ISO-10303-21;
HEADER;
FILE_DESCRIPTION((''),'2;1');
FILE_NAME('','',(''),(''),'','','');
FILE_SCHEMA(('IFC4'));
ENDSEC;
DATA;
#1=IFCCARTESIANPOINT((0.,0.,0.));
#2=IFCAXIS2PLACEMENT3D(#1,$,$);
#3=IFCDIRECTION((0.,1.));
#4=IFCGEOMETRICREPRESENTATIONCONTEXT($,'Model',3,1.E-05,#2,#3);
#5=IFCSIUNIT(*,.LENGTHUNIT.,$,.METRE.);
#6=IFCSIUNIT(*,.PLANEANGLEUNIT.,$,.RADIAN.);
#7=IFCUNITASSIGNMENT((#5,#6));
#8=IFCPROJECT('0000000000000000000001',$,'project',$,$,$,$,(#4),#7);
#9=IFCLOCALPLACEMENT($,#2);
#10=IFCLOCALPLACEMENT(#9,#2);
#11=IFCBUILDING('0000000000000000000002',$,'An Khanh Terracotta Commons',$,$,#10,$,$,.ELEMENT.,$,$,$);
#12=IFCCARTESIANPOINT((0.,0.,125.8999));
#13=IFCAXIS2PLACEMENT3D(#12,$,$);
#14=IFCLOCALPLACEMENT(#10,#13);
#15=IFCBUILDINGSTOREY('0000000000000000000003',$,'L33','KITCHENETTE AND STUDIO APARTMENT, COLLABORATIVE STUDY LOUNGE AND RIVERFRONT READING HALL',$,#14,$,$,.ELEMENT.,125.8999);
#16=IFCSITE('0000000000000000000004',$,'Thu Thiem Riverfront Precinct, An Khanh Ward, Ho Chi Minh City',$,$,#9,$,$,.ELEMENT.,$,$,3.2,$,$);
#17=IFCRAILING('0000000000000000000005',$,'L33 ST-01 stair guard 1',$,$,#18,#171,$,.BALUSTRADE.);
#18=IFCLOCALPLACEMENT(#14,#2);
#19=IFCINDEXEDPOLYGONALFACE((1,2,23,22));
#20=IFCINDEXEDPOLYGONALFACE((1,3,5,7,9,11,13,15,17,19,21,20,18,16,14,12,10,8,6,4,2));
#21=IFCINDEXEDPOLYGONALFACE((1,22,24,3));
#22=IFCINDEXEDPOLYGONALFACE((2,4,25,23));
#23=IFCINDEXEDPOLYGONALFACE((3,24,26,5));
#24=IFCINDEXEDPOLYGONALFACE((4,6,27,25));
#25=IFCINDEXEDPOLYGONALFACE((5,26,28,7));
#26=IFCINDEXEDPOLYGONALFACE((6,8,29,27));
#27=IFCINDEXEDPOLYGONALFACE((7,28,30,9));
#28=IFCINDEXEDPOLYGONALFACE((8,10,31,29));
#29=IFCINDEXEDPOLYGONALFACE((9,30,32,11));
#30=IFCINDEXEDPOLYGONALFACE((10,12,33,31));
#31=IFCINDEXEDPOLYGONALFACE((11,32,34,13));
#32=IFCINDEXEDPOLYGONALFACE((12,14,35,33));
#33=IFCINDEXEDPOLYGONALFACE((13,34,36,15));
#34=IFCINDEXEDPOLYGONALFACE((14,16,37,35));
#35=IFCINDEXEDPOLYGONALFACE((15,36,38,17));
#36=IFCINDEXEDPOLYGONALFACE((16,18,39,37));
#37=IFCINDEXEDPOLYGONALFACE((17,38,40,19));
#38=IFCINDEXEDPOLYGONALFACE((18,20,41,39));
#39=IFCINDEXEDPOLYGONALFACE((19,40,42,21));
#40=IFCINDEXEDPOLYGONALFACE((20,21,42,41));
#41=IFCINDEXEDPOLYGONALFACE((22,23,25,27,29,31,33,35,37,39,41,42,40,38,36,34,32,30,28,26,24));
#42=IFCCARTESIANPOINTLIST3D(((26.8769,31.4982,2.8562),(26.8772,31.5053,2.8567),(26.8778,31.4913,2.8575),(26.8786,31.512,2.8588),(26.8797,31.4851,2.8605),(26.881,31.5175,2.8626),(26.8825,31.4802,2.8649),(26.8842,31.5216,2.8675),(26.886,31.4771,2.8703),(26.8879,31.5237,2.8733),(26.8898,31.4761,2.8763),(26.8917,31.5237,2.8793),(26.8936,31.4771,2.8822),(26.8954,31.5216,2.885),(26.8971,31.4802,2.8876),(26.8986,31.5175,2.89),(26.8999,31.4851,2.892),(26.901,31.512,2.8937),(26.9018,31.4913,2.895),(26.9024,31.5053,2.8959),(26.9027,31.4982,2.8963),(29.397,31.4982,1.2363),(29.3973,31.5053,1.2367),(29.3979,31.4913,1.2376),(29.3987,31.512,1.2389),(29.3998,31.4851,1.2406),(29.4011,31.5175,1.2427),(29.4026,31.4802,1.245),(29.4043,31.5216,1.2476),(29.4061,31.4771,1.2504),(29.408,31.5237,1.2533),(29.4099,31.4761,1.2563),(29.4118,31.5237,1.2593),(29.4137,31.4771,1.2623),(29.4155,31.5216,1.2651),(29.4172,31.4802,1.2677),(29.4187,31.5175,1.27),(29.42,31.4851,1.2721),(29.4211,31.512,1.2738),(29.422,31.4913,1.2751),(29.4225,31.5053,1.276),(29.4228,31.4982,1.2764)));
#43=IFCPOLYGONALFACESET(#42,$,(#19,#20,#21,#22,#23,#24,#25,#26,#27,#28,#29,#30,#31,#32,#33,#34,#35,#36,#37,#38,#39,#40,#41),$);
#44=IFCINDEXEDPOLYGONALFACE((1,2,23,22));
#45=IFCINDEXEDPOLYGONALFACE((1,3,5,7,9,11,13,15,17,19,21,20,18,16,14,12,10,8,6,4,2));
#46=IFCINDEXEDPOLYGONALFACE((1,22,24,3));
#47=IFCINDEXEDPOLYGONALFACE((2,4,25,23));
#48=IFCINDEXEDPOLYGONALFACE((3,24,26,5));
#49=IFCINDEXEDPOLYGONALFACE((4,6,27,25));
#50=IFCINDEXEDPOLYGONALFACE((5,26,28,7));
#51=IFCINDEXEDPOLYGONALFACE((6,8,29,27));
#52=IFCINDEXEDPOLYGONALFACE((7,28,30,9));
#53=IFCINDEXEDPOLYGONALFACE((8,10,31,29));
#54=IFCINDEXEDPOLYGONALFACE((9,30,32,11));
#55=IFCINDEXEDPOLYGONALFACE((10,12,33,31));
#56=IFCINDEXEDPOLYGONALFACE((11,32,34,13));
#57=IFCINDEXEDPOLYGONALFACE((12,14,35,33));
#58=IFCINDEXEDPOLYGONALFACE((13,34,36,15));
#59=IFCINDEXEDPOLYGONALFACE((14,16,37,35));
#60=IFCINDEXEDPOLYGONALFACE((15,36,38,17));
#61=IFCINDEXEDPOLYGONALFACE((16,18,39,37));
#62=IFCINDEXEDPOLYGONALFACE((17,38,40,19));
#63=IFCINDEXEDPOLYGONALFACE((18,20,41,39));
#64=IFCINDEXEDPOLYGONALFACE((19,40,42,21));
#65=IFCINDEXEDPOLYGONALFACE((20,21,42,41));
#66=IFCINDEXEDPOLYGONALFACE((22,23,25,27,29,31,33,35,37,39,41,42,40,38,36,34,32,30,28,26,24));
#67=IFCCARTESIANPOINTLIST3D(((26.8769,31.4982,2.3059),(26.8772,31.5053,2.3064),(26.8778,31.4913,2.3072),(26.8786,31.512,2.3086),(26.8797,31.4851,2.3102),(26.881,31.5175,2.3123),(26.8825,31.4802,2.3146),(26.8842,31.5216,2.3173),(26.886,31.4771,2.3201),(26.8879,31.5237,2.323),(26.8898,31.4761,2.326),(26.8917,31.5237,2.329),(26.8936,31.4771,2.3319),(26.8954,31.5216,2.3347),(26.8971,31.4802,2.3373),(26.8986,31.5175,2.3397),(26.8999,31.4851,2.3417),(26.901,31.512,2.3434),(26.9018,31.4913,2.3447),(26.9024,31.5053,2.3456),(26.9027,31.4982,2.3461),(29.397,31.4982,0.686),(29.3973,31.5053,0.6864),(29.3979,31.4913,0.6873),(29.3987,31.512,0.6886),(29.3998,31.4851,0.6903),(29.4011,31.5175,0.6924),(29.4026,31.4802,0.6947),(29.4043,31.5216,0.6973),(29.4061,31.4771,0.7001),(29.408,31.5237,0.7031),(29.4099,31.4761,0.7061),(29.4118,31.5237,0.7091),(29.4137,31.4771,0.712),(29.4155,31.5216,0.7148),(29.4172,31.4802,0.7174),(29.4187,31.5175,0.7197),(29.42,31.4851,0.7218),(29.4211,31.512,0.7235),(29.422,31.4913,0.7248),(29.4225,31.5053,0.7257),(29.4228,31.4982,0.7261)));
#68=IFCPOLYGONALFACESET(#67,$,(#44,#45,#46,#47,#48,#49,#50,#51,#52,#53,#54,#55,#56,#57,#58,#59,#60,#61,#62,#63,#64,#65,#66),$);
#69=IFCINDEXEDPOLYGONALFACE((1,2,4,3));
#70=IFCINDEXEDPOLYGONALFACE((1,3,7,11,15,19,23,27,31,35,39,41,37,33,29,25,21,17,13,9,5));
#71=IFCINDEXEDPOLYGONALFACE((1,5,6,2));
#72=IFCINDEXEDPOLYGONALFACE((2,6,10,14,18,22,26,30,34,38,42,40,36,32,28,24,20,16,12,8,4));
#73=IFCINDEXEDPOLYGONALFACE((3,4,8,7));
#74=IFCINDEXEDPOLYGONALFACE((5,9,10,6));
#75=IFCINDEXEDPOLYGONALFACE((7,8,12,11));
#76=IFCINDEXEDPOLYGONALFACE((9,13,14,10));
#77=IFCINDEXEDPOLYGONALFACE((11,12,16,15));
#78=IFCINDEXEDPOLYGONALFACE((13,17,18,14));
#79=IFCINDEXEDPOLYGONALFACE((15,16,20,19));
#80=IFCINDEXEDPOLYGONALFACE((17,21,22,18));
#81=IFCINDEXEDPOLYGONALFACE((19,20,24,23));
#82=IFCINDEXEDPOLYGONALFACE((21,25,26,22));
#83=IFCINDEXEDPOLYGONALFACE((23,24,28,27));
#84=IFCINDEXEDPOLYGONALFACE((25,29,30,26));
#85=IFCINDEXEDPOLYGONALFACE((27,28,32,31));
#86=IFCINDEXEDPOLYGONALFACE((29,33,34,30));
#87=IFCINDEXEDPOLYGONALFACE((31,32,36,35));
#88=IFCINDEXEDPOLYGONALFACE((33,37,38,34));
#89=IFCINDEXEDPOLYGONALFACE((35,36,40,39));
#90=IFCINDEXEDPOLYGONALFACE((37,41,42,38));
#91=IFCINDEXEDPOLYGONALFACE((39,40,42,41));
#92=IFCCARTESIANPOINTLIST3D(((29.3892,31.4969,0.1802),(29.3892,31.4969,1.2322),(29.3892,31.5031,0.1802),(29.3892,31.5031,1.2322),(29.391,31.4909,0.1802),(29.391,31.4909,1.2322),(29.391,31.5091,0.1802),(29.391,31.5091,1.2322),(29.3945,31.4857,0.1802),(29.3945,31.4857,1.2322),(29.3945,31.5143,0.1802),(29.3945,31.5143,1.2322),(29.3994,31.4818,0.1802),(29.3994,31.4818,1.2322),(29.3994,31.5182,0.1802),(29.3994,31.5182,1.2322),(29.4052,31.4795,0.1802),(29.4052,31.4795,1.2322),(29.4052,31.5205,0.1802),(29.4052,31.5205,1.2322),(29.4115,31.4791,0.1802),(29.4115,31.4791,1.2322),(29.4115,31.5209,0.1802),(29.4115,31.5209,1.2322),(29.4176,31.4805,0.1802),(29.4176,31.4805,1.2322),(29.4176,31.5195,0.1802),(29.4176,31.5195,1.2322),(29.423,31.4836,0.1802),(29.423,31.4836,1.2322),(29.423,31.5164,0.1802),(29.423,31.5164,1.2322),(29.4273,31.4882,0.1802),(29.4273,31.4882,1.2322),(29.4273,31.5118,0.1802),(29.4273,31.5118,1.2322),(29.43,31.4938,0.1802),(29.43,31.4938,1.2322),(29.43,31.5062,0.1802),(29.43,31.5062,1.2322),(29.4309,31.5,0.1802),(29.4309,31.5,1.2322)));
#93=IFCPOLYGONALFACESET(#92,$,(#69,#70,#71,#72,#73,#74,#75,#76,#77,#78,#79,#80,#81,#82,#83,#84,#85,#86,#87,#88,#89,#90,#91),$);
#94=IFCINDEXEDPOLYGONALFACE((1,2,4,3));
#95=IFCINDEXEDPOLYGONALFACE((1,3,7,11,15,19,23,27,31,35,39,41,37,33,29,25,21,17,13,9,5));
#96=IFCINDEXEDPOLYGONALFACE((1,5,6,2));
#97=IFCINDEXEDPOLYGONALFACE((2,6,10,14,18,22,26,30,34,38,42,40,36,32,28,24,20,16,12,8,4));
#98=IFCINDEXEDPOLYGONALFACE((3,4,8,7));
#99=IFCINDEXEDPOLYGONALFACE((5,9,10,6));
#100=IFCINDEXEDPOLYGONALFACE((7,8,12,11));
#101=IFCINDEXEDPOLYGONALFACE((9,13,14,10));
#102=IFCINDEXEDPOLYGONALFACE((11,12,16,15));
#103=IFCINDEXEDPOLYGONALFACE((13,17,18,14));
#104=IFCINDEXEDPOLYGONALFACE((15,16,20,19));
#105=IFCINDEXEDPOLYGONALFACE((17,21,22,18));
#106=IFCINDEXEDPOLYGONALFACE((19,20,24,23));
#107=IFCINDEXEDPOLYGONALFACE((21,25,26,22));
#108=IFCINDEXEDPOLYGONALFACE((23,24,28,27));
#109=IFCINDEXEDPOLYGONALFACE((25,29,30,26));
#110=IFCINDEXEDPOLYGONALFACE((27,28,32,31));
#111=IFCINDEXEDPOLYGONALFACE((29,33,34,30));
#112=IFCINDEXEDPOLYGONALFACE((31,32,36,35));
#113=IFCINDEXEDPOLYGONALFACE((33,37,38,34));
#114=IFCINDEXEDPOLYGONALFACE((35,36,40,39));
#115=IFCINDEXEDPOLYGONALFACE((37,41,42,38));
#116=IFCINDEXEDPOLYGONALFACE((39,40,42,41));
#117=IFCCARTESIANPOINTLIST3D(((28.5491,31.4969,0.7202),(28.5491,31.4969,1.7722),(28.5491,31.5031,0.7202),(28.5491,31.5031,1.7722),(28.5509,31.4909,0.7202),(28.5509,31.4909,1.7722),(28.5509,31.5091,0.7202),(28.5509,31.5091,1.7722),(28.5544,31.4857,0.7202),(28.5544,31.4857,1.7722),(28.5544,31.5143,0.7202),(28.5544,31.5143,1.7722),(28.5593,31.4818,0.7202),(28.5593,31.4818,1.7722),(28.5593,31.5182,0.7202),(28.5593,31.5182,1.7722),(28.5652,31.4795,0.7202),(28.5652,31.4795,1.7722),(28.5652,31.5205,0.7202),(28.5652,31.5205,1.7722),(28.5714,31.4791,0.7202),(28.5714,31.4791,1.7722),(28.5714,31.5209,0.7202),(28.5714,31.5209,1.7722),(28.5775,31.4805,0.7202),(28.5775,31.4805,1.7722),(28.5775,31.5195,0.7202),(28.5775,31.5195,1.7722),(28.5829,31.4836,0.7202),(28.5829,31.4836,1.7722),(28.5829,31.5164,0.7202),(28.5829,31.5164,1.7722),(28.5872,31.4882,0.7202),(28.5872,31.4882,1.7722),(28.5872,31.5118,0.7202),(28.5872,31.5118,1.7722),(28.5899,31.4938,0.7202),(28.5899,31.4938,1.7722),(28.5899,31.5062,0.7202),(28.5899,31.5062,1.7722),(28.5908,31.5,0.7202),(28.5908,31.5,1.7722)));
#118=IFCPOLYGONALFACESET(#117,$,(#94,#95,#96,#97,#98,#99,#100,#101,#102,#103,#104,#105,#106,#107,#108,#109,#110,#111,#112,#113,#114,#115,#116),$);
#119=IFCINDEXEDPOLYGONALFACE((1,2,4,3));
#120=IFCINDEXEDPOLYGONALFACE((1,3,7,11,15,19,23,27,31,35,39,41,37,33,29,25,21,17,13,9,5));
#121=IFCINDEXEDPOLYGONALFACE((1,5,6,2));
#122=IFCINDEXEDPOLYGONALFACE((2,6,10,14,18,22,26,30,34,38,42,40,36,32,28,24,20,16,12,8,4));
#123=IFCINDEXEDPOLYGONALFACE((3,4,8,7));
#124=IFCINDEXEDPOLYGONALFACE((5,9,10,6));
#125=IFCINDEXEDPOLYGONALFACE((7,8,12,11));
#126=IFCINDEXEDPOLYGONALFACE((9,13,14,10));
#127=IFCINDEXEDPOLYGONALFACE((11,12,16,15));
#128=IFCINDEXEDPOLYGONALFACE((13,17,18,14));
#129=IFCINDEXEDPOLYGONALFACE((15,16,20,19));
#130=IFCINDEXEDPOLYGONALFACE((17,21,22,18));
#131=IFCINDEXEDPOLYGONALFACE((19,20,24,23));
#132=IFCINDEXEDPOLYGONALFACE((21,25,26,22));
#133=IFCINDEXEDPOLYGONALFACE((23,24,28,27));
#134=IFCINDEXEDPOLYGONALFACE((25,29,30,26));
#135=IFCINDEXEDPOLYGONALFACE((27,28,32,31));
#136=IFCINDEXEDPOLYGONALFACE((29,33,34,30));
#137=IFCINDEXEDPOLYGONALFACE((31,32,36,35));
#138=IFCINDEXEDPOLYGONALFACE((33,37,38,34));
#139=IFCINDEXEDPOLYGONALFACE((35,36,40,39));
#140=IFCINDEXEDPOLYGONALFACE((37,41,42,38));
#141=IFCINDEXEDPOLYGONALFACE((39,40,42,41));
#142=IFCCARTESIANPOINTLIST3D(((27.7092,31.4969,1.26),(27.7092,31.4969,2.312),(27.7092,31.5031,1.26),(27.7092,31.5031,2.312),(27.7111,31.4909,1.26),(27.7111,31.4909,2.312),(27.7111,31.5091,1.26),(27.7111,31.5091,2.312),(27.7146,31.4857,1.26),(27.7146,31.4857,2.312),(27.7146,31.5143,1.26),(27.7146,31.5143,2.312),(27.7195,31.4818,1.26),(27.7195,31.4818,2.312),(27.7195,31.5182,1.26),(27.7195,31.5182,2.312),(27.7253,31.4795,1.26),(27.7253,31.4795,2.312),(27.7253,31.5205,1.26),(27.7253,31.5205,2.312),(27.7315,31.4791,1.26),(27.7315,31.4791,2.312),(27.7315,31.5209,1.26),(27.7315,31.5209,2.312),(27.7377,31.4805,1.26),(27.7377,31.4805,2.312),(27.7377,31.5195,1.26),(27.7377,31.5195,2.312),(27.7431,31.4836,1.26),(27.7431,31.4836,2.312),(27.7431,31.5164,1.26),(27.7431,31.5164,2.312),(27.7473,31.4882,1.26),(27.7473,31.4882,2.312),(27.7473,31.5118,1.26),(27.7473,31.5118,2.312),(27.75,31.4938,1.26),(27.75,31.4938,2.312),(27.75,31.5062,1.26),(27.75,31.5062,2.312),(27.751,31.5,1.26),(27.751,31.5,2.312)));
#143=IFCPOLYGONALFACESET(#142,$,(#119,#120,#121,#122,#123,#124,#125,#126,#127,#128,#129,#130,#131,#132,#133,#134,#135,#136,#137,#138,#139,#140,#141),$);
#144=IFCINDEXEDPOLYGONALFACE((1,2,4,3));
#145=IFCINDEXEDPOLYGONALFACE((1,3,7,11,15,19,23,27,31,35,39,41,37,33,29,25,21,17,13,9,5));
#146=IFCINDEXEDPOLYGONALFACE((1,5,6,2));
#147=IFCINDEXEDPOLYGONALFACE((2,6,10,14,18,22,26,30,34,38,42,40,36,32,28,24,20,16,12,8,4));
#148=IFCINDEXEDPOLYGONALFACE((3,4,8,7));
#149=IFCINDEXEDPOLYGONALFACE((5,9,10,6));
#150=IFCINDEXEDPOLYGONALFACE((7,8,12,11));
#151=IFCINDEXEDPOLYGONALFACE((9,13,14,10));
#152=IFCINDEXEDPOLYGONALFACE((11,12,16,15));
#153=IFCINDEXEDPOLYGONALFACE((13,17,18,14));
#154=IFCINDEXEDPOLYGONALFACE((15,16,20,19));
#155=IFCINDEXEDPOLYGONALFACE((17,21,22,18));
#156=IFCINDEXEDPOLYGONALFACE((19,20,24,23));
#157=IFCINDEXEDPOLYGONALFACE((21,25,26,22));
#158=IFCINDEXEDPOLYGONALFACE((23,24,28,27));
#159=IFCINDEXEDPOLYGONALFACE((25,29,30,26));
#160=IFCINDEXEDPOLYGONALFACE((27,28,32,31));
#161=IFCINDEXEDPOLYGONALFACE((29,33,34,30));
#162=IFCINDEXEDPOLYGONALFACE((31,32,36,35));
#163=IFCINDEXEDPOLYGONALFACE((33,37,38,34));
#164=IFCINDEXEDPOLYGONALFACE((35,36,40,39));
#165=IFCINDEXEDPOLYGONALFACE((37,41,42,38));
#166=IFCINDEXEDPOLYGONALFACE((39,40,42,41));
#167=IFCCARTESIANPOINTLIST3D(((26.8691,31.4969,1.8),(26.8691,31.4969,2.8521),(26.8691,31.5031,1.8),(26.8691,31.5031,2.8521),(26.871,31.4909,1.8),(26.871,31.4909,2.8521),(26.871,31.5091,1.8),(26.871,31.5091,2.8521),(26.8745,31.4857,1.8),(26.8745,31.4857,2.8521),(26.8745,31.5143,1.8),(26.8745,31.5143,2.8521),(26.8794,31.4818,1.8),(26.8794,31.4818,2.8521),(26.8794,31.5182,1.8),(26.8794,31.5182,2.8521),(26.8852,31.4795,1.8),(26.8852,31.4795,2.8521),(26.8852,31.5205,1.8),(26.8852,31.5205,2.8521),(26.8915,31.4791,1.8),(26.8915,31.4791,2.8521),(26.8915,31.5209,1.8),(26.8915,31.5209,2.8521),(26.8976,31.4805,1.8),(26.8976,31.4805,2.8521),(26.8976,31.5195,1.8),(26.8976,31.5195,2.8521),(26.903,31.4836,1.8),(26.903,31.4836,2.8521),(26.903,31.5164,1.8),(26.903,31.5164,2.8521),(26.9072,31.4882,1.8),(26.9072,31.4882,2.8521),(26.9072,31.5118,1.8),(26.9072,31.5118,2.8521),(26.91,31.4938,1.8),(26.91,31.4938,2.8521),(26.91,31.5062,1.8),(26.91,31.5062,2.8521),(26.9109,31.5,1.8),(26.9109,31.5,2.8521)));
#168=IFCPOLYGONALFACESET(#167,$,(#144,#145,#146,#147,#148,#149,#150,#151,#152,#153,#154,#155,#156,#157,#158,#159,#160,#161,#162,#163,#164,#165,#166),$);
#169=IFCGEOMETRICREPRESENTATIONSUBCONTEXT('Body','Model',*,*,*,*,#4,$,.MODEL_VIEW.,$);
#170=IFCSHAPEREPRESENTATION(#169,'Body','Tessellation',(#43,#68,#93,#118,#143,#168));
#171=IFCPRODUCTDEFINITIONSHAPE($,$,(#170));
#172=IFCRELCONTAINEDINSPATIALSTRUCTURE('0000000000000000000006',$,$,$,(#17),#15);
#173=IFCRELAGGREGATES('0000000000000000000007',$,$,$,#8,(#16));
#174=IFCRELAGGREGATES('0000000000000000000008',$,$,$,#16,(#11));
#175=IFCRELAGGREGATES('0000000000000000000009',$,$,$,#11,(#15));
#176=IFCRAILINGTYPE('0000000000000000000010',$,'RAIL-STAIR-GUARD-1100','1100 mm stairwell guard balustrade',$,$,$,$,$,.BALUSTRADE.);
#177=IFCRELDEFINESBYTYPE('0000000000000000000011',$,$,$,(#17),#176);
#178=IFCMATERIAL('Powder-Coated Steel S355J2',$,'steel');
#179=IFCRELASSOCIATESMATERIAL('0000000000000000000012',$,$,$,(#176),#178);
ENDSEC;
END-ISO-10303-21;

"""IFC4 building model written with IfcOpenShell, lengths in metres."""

from ifc_helpers import new_model, si_unit, direction, frame, origin, origin_2d, place, context, subcontext, project, spatial, circle, extrude, material, type_object, element, save


model = new_model("IFC4")

# Units and contexts
model_context = context("Model", 3, precision=1e-05, world=origin(), true_north=direction((0.0, 1.0)))
body_context = subcontext(model_context, "Body", "Model", "MODEL_VIEW")
ifc_project = project(units=[si_unit("LENGTHUNIT", "METRE"), si_unit("PLANEANGLEUNIT", "RADIAN")], contexts=[model_context])

# Site, building, storey
site_placement = place(None, origin())
site = spatial("IfcSite", under=ifc_project, at=site_placement, Name="Thu Thiem Riverfront Precinct, An Khanh Ward, Ho Chi Minh City", CompositionType="ELEMENT", RefElevation=3.2)
building_placement = place(site_placement, origin())
building = spatial("IfcBuilding", under=site, at=building_placement, Name="An Khanh Terracotta Commons", CompositionType="ELEMENT")
storey_placement = place(building_placement, frame((0.0, 0.0, 125.8999)))
storey = spatial("IfcBuildingStorey", under=building, at=storey_placement, Name="L33", Description="KITCHENETTE AND STUDIO APARTMENT, COLLABORATIVE STUDY LOUNGE AND RIVERFRONT READING HALL", CompositionType="ELEMENT", Elevation=125.8999)

# Railing
ifc_material_1 = material(Name="Powder-Coated Steel S355J2", Category="steel")
railing_type_1 = type_object("IfcRailingType", Name="RAIL-STAIR-GUARD-1100", Description="1100 mm stairwell guard balustrade", PredefinedType="BALUSTRADE", material=ifc_material_1)
railing_1_placement = place(storey_placement, frame((29.4099, 31.5, 0.1802)))
element("IfcRailing", 1, at=railing_1_placement, inside=storey, type_object=railing_type_1, Name="L33 ST-01 stair guard 1", PredefinedType="BALUSTRADE", context=body_context, shape_type="SweptSolid", body=[
    extrude(circle(Radius=0.0239, at=origin_2d()), frame((0.0, 0.0, 1.0762), z_axis=(-0.8412, 0.0, 0.540725), x_axis=(0.0, -1.0, 0.0)), (0.0, 0.0, 1.0), 2.9958),
    extrude(circle(Radius=0.0239, at=origin_2d()), frame((0.0, 0.0, 0.5259), z_axis=(-0.8412, 0.0, 0.540725), x_axis=(0.0, -1.0, 0.0)), (0.0, 0.0, 1.0), 2.9958),
    extrude(circle(Radius=0.021, at=origin_2d()), origin(), (0.0, 0.0, 1.0), 1.052),
    extrude(circle(Radius=0.021, at=origin_2d()), frame((-0.8401, 0.0, 0.54)), (0.0, 0.0, 1.0), 1.052),
    extrude(circle(Radius=0.021, at=origin_2d()), frame((-1.6799, 0.0, 1.0798)), (0.0, 0.0, 1.0), 1.052),
    extrude(circle(Radius=0.021, at=origin_2d()), frame((-2.52, 0.0, 1.6199)), (0.0, 0.0, 1.0), 1.052),
])

save(model, "model.ifc")
